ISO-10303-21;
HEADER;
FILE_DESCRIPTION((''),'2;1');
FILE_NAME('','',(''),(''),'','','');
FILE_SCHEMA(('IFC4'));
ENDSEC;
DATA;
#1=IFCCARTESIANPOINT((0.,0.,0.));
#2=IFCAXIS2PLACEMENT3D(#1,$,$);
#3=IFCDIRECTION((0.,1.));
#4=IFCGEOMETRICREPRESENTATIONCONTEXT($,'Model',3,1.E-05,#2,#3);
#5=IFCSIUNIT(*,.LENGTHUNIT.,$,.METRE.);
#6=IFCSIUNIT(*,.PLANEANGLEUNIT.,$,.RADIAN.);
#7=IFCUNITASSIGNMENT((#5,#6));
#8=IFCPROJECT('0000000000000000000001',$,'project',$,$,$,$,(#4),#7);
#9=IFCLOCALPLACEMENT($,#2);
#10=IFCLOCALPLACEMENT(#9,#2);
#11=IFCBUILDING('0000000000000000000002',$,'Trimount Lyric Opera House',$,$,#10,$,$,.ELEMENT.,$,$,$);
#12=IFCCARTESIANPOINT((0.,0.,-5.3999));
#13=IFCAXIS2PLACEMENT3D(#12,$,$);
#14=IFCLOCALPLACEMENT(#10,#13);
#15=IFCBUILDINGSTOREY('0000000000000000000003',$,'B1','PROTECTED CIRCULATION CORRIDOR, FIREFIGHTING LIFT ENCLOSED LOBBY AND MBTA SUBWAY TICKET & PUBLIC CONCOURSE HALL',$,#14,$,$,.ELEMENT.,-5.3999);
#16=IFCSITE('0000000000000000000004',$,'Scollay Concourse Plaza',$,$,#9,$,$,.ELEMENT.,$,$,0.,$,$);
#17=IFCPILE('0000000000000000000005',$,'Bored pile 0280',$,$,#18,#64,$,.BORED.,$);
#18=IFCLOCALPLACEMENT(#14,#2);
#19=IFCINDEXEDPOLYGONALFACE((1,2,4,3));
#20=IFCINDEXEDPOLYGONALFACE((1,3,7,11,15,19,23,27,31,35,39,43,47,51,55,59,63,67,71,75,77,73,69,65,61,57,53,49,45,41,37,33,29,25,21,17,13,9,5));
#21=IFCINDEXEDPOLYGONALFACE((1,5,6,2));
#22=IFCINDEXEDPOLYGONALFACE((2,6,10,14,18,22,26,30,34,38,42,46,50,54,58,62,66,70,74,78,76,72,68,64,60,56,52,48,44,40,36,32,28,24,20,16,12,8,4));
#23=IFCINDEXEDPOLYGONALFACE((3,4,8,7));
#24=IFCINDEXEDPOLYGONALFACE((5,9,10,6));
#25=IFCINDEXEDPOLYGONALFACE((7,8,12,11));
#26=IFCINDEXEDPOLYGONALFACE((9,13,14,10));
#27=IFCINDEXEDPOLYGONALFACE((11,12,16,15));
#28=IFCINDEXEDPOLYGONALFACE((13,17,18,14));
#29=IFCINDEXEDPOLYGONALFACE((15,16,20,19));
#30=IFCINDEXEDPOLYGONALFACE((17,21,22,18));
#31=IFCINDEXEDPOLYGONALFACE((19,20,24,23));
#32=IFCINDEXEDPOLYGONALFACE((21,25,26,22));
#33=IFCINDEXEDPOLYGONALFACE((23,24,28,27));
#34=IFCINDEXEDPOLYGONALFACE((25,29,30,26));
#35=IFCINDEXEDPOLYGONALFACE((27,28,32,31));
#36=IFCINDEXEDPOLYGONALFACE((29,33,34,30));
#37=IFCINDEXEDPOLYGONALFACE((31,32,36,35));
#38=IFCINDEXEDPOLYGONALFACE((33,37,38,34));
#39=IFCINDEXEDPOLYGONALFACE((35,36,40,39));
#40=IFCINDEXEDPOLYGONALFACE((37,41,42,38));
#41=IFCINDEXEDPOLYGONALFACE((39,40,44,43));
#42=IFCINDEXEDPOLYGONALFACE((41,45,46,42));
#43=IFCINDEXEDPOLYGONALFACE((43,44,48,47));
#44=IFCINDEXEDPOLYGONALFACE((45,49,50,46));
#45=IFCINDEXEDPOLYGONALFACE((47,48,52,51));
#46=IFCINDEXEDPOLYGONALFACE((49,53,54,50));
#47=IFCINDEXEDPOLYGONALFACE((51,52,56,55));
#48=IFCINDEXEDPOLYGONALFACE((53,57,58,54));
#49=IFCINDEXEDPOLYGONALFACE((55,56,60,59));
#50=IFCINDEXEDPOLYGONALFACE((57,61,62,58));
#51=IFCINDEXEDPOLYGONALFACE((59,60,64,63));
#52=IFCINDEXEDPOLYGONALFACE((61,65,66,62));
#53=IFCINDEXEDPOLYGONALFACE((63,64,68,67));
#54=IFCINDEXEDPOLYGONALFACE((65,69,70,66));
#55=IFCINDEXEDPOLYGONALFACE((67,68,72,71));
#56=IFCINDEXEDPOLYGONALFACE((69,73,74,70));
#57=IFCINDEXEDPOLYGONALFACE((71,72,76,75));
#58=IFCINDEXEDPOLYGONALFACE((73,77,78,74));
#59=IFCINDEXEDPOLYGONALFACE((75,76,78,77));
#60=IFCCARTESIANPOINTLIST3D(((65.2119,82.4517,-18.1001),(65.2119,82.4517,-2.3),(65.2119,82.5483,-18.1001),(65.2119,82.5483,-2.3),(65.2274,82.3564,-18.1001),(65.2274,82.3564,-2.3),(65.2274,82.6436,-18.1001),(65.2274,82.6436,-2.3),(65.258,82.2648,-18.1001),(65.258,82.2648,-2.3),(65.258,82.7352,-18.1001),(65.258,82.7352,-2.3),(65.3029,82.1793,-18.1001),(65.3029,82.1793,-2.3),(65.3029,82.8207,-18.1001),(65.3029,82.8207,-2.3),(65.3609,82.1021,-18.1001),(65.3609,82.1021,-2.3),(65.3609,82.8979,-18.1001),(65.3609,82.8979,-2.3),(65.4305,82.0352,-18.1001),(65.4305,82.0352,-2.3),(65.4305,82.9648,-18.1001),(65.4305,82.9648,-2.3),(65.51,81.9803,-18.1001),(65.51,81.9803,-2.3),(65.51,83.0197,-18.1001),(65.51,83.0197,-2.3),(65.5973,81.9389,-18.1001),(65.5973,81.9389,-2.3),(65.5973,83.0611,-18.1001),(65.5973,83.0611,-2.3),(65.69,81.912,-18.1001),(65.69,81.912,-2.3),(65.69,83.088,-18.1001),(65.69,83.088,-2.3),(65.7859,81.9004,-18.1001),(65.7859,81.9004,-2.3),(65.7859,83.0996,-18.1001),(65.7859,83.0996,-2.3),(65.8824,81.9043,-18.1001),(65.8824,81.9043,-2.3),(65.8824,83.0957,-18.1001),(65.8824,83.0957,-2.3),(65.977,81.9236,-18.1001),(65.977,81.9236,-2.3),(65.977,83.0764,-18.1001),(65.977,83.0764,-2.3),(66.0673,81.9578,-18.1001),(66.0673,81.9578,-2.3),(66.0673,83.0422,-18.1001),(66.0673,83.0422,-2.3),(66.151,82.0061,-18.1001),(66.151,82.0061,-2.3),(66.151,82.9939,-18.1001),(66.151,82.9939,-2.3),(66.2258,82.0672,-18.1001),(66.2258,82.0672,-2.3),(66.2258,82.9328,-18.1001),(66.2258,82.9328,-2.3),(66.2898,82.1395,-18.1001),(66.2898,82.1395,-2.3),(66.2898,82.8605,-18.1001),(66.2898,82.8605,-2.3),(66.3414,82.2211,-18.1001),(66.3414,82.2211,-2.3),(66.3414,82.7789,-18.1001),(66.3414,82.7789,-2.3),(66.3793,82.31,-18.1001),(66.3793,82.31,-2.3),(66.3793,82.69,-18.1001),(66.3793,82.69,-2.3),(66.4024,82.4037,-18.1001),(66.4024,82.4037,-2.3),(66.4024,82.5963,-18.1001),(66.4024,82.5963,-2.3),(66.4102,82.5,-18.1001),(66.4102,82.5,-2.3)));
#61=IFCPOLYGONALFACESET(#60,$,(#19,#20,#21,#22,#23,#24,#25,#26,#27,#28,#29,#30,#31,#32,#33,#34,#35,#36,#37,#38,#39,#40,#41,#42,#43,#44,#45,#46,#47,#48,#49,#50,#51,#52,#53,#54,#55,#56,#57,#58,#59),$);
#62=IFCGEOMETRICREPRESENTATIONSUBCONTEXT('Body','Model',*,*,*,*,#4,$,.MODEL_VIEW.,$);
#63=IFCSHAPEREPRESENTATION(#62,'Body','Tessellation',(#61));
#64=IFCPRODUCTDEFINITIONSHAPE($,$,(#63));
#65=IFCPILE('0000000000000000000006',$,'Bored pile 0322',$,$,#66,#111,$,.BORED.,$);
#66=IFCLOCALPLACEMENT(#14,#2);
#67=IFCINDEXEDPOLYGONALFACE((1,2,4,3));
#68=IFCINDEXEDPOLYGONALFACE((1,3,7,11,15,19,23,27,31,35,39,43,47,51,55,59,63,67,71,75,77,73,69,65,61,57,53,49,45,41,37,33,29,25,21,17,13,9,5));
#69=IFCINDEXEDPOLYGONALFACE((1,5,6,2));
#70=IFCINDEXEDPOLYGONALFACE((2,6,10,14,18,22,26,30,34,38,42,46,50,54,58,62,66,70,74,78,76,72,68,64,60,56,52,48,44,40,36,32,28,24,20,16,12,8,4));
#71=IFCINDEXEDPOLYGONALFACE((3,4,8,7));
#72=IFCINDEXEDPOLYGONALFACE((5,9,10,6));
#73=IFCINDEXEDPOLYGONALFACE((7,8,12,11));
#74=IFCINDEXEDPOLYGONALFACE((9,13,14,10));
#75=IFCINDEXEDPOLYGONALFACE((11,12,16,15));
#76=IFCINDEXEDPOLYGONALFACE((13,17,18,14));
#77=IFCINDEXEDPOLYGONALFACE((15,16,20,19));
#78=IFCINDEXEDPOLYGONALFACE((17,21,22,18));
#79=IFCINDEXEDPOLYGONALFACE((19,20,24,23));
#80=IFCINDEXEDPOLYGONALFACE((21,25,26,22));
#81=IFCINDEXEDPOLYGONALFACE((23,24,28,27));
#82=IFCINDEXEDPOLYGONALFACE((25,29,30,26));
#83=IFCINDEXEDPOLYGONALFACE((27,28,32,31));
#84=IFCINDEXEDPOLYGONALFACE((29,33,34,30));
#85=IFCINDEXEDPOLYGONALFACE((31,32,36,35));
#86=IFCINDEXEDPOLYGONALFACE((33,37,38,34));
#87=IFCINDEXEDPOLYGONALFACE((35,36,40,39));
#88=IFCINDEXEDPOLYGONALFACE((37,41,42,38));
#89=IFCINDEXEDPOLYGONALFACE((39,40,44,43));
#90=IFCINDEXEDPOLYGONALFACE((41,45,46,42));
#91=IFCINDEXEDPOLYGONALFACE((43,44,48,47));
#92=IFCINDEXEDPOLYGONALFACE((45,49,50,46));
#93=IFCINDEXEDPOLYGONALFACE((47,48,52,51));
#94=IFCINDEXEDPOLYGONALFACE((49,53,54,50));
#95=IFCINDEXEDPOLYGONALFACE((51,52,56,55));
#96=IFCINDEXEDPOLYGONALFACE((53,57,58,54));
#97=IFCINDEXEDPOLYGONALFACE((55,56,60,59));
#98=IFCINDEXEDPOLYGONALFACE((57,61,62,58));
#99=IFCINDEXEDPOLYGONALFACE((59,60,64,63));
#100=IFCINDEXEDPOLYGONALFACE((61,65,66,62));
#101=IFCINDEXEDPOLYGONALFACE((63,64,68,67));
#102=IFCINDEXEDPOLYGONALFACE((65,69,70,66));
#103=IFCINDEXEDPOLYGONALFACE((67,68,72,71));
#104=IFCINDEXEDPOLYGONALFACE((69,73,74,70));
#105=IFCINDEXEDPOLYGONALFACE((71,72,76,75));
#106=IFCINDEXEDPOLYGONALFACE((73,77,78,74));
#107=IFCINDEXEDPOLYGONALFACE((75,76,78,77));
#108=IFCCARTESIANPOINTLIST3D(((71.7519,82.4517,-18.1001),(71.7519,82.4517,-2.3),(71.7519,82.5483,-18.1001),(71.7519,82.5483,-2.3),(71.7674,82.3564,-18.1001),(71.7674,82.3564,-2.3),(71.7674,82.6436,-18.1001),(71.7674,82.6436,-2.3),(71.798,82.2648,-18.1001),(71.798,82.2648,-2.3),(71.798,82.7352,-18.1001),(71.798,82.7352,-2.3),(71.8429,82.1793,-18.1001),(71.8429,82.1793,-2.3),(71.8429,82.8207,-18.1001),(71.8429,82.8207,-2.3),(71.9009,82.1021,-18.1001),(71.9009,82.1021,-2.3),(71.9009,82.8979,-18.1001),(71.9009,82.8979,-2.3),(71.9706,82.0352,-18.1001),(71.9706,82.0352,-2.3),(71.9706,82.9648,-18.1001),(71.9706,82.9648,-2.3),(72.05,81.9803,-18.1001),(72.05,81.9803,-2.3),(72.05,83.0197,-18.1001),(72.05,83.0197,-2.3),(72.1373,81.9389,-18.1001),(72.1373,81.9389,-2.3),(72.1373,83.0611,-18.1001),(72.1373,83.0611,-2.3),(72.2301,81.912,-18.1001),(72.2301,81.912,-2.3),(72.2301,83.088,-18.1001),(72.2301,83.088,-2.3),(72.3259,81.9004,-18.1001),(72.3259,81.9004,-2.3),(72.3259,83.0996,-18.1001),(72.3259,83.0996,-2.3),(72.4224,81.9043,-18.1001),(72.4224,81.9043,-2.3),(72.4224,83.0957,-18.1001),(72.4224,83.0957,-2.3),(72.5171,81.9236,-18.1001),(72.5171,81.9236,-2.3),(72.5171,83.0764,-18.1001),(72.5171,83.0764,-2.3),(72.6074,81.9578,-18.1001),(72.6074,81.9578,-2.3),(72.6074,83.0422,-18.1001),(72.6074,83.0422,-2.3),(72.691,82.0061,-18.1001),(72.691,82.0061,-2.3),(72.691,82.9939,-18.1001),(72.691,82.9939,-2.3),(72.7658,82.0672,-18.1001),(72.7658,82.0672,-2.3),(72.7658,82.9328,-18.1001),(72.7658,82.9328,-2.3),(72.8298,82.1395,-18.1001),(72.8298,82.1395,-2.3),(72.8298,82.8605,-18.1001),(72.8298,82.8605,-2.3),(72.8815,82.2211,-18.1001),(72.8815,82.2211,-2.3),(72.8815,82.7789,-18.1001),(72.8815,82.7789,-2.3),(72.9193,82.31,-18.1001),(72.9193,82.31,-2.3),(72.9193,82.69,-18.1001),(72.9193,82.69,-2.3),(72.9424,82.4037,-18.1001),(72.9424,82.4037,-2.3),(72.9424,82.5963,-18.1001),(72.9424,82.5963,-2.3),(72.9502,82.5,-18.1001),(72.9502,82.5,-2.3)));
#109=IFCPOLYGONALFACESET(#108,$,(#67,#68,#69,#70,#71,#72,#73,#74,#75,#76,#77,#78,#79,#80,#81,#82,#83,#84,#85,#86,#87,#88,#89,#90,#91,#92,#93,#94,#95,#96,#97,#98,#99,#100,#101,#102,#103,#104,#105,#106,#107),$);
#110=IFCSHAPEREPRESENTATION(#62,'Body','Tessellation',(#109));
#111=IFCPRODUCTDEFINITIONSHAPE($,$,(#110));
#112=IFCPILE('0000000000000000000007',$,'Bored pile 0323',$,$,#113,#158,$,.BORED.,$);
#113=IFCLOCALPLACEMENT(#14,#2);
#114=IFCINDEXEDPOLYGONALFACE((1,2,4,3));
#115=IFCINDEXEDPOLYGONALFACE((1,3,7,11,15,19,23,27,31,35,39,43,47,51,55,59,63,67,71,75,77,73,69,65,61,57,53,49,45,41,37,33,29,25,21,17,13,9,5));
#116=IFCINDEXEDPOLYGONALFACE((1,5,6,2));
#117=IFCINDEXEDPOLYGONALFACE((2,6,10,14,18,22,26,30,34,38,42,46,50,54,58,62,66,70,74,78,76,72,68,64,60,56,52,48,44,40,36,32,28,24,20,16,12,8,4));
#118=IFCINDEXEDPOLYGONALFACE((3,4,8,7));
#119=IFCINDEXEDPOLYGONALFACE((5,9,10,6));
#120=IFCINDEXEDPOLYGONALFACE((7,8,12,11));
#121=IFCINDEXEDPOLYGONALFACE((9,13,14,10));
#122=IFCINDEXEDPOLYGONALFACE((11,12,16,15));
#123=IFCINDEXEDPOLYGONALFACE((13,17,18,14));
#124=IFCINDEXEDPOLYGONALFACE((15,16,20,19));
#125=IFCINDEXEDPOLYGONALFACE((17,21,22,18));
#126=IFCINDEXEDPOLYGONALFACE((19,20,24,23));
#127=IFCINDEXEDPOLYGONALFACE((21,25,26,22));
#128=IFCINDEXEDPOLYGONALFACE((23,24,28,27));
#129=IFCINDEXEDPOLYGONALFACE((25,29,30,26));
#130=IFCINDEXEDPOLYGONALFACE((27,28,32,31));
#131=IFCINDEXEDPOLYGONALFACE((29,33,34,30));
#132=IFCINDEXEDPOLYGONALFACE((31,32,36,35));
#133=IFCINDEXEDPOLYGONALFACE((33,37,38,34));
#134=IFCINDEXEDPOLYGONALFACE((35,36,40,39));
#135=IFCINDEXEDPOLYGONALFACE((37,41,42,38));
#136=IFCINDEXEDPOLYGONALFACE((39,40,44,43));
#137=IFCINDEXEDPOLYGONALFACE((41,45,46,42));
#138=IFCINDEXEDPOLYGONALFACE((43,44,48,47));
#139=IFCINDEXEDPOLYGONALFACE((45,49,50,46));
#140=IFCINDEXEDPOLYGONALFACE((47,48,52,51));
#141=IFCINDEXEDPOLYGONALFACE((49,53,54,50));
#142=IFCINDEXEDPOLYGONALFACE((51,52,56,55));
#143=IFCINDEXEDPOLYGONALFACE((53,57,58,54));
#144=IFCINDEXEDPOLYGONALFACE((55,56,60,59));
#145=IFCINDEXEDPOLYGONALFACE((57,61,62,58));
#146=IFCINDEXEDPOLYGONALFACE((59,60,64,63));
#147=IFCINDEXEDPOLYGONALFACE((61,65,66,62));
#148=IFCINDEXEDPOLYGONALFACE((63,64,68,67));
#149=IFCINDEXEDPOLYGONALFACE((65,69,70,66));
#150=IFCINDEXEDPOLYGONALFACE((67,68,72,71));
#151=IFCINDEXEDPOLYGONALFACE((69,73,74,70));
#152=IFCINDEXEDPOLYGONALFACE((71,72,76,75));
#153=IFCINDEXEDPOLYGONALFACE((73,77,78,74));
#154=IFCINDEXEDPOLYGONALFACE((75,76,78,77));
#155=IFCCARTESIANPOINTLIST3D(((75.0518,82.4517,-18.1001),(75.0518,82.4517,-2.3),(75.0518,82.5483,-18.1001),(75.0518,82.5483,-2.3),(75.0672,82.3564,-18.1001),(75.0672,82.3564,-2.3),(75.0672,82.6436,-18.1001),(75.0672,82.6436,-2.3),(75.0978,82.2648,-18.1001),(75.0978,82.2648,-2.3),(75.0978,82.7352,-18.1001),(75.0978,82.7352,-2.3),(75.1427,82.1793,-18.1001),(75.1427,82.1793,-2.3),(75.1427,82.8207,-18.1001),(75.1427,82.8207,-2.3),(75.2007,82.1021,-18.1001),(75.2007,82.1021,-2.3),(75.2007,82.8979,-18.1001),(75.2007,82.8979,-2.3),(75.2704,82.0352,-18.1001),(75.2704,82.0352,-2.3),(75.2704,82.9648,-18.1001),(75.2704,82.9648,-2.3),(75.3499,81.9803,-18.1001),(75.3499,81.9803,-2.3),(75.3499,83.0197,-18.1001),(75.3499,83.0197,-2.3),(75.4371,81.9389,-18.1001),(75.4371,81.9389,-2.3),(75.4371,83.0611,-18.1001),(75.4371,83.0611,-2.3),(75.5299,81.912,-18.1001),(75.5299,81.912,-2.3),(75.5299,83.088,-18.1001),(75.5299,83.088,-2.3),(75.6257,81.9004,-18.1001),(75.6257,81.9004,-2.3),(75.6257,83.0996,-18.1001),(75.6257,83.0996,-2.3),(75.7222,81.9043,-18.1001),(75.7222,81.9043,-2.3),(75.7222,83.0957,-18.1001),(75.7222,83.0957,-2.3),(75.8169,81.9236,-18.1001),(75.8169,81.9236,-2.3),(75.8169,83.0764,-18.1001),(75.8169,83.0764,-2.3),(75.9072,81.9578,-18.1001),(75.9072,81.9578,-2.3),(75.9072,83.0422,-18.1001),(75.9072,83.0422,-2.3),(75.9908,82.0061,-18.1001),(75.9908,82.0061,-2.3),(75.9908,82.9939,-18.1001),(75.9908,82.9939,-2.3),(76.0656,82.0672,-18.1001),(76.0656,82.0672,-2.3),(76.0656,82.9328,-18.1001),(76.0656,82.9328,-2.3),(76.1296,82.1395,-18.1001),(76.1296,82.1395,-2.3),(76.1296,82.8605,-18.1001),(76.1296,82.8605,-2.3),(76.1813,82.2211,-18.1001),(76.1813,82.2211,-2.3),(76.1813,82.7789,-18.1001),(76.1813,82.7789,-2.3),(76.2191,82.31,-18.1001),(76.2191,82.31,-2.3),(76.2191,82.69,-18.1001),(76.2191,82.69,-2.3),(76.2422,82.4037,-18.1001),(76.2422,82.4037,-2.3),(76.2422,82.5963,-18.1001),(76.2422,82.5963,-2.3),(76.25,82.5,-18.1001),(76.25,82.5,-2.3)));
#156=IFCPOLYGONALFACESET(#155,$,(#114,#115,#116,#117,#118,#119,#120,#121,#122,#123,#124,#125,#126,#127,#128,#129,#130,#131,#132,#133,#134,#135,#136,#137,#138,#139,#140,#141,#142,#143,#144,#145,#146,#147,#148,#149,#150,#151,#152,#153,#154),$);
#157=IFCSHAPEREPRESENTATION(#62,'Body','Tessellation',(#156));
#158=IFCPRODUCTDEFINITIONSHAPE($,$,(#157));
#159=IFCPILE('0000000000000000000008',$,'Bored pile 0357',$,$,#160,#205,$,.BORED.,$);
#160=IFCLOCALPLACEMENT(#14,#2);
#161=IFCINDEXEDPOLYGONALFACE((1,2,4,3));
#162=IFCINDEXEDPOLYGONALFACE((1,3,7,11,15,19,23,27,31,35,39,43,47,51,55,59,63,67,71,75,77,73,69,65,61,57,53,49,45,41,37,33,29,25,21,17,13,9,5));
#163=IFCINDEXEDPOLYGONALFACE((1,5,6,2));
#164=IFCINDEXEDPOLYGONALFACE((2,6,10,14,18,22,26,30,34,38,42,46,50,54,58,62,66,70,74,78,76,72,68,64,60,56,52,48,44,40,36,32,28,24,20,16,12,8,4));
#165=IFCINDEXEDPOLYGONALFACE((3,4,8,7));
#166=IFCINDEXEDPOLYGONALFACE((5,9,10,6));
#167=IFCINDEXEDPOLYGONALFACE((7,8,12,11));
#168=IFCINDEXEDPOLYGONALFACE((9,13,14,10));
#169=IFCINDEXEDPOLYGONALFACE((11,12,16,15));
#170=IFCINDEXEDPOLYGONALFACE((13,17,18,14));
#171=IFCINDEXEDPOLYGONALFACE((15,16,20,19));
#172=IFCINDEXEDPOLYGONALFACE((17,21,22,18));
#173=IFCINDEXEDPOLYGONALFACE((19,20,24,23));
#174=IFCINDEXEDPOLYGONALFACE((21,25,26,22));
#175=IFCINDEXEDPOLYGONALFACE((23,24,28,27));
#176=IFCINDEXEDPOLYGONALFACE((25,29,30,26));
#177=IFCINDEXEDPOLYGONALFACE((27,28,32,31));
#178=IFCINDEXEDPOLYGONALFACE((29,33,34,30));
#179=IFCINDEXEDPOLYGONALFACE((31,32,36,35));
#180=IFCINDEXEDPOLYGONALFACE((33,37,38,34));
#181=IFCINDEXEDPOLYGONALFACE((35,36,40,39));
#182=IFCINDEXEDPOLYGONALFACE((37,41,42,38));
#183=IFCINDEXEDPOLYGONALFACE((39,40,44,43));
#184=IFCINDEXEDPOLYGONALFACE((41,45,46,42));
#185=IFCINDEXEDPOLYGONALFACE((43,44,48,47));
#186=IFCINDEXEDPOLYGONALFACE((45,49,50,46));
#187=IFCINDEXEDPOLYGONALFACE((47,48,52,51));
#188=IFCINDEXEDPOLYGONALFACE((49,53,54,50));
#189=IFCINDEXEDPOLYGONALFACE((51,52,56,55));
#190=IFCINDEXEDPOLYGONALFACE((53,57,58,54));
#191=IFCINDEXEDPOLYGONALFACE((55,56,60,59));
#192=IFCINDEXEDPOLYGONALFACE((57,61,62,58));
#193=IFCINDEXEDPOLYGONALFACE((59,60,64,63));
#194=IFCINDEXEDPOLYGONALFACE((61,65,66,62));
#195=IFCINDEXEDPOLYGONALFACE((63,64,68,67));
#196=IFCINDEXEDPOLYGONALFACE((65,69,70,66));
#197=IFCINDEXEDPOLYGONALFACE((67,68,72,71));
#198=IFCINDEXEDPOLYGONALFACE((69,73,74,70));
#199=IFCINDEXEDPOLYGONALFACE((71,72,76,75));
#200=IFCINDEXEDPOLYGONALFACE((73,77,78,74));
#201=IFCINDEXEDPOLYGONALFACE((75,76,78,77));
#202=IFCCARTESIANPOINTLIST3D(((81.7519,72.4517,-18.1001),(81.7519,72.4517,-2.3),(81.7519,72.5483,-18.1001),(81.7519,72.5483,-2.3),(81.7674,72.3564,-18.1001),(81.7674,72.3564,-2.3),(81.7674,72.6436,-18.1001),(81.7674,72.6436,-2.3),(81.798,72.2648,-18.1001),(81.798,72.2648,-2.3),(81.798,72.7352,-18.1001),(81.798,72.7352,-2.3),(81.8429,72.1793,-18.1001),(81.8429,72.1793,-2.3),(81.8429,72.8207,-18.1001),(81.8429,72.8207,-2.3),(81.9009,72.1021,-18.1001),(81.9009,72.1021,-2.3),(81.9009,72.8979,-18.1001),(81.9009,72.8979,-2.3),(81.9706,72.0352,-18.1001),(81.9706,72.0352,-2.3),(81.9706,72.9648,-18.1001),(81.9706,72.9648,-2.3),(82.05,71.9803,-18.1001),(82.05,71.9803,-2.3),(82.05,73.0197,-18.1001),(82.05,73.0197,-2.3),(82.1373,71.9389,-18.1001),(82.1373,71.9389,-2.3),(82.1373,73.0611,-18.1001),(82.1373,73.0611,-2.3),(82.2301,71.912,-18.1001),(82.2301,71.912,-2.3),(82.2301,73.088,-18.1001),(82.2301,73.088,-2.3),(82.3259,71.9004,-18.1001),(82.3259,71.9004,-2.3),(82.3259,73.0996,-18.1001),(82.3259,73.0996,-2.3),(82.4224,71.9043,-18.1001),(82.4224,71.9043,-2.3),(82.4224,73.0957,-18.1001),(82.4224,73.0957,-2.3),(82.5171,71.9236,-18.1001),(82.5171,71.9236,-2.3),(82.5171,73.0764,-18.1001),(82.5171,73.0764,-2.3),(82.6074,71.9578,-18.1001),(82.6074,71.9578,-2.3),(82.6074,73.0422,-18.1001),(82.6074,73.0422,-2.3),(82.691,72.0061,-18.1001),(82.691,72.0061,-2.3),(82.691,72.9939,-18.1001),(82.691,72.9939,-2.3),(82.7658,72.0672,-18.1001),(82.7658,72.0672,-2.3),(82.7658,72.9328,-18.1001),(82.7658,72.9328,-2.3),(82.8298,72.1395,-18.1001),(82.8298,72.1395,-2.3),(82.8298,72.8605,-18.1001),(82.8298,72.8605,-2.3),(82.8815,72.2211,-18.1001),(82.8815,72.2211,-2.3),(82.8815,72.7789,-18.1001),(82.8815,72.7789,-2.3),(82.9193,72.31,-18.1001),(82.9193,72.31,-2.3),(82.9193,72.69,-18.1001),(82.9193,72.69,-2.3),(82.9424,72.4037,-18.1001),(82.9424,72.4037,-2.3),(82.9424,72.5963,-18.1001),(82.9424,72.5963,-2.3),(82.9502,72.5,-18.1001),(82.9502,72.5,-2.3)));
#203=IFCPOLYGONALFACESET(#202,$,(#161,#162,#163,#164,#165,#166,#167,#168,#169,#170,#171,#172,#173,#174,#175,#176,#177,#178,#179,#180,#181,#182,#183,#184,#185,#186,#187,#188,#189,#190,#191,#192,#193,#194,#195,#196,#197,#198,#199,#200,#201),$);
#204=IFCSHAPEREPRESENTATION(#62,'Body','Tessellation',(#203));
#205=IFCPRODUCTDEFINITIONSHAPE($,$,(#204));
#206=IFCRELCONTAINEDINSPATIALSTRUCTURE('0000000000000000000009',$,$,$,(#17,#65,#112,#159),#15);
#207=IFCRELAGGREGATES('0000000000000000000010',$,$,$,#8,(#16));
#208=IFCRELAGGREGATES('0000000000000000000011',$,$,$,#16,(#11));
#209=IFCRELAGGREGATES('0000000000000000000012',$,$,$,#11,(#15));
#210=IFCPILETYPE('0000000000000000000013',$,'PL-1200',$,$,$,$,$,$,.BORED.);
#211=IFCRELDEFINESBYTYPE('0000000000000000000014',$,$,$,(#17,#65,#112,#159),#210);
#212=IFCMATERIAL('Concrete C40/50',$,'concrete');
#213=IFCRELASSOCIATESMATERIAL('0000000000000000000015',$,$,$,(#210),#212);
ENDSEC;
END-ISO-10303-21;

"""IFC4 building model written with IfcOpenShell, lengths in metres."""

from ifc_helpers import new_model, si_unit, direction, frame, origin, origin_2d, place, context, subcontext, project, spatial, circle, extrude, material, material_profile, profile_set, type_object, element, save


model = new_model("IFC4")

# Units and contexts
model_context = context("Model", 3, precision=1e-05, world=origin(), true_north=direction((0.0, 1.0)))
body_context = subcontext(model_context, "Body", "Model", "MODEL_VIEW")
ifc_project = project(units=[si_unit("LENGTHUNIT", "METRE"), si_unit("PLANEANGLEUNIT", "RADIAN")], contexts=[model_context])

# Site, building, storey
site_placement = place(None, origin())
site = spatial("IfcSite", under=ifc_project, at=site_placement, Name="Scollay Concourse Plaza", CompositionType="ELEMENT", RefElevation=0.0)
building_placement = place(site_placement, origin())
building = spatial("IfcBuilding", under=site, at=building_placement, Name="Trimount Lyric Opera House", CompositionType="ELEMENT")
storey_placement = place(building_placement, frame((0.0, 0.0, -5.3999)))
storey = spatial("IfcBuildingStorey", under=building, at=storey_placement, Name="B1", Description="PROTECTED CIRCULATION CORRIDOR, FIREFIGHTING LIFT ENCLOSED LOBBY AND MBTA SUBWAY TICKET & PUBLIC CONCOURSE HALL", CompositionType="ELEMENT", Elevation=-5.3999)

# Piles
ifc_material_1 = material(Name="Concrete C40/50", Category="concrete")
ifc_material_profile_1 = material_profile(ifc_material_1, circle(Radius=0.6001, at=origin_2d()), Name="PILE-D1200")
ifc_profile_set_1 = profile_set([ifc_material_profile_1], Name="Concrete C40/50")
pile_type_1 = type_object("IfcPileType", Name="PL-1200", PredefinedType="BORED", material=ifc_profile_set_1)
for number, where, z_axis, x_axis, name in (
    (1, (65.8101, 82.5, -2.3), (0.0, 0.0, -1.0), (1.0, 0.0, 0.0), "Bored pile 0280"),
    (2, (72.3501, 82.5, -2.3), (0.0, 0.0, -1.0), (1.0, 0.0, 0.0), "Bored pile 0322"),
    (3, (75.6499, 82.5, -2.3), (0.0, 0.0, -1.0), (1.0, 0.0, 0.0), "Bored pile 0323"),
    (4, (82.3501, 72.5, -2.3), (0.0, 0.0, -1.0), (1.0, 0.0, 0.0), "Bored pile 0357"),
):
    element("IfcPile", number, at=place(storey_placement, frame(where, z_axis=z_axis, x_axis=x_axis)), inside=storey, type_object=pile_type_1, Name=name, PredefinedType="BORED", context=body_context, shape_type="SweptSolid", body=[
        extrude(circle(Radius=0.6001, at=origin_2d()), origin(), (0.0, 0.0, 1.0), 15.8),
    ])

save(model, "model.ifc")
